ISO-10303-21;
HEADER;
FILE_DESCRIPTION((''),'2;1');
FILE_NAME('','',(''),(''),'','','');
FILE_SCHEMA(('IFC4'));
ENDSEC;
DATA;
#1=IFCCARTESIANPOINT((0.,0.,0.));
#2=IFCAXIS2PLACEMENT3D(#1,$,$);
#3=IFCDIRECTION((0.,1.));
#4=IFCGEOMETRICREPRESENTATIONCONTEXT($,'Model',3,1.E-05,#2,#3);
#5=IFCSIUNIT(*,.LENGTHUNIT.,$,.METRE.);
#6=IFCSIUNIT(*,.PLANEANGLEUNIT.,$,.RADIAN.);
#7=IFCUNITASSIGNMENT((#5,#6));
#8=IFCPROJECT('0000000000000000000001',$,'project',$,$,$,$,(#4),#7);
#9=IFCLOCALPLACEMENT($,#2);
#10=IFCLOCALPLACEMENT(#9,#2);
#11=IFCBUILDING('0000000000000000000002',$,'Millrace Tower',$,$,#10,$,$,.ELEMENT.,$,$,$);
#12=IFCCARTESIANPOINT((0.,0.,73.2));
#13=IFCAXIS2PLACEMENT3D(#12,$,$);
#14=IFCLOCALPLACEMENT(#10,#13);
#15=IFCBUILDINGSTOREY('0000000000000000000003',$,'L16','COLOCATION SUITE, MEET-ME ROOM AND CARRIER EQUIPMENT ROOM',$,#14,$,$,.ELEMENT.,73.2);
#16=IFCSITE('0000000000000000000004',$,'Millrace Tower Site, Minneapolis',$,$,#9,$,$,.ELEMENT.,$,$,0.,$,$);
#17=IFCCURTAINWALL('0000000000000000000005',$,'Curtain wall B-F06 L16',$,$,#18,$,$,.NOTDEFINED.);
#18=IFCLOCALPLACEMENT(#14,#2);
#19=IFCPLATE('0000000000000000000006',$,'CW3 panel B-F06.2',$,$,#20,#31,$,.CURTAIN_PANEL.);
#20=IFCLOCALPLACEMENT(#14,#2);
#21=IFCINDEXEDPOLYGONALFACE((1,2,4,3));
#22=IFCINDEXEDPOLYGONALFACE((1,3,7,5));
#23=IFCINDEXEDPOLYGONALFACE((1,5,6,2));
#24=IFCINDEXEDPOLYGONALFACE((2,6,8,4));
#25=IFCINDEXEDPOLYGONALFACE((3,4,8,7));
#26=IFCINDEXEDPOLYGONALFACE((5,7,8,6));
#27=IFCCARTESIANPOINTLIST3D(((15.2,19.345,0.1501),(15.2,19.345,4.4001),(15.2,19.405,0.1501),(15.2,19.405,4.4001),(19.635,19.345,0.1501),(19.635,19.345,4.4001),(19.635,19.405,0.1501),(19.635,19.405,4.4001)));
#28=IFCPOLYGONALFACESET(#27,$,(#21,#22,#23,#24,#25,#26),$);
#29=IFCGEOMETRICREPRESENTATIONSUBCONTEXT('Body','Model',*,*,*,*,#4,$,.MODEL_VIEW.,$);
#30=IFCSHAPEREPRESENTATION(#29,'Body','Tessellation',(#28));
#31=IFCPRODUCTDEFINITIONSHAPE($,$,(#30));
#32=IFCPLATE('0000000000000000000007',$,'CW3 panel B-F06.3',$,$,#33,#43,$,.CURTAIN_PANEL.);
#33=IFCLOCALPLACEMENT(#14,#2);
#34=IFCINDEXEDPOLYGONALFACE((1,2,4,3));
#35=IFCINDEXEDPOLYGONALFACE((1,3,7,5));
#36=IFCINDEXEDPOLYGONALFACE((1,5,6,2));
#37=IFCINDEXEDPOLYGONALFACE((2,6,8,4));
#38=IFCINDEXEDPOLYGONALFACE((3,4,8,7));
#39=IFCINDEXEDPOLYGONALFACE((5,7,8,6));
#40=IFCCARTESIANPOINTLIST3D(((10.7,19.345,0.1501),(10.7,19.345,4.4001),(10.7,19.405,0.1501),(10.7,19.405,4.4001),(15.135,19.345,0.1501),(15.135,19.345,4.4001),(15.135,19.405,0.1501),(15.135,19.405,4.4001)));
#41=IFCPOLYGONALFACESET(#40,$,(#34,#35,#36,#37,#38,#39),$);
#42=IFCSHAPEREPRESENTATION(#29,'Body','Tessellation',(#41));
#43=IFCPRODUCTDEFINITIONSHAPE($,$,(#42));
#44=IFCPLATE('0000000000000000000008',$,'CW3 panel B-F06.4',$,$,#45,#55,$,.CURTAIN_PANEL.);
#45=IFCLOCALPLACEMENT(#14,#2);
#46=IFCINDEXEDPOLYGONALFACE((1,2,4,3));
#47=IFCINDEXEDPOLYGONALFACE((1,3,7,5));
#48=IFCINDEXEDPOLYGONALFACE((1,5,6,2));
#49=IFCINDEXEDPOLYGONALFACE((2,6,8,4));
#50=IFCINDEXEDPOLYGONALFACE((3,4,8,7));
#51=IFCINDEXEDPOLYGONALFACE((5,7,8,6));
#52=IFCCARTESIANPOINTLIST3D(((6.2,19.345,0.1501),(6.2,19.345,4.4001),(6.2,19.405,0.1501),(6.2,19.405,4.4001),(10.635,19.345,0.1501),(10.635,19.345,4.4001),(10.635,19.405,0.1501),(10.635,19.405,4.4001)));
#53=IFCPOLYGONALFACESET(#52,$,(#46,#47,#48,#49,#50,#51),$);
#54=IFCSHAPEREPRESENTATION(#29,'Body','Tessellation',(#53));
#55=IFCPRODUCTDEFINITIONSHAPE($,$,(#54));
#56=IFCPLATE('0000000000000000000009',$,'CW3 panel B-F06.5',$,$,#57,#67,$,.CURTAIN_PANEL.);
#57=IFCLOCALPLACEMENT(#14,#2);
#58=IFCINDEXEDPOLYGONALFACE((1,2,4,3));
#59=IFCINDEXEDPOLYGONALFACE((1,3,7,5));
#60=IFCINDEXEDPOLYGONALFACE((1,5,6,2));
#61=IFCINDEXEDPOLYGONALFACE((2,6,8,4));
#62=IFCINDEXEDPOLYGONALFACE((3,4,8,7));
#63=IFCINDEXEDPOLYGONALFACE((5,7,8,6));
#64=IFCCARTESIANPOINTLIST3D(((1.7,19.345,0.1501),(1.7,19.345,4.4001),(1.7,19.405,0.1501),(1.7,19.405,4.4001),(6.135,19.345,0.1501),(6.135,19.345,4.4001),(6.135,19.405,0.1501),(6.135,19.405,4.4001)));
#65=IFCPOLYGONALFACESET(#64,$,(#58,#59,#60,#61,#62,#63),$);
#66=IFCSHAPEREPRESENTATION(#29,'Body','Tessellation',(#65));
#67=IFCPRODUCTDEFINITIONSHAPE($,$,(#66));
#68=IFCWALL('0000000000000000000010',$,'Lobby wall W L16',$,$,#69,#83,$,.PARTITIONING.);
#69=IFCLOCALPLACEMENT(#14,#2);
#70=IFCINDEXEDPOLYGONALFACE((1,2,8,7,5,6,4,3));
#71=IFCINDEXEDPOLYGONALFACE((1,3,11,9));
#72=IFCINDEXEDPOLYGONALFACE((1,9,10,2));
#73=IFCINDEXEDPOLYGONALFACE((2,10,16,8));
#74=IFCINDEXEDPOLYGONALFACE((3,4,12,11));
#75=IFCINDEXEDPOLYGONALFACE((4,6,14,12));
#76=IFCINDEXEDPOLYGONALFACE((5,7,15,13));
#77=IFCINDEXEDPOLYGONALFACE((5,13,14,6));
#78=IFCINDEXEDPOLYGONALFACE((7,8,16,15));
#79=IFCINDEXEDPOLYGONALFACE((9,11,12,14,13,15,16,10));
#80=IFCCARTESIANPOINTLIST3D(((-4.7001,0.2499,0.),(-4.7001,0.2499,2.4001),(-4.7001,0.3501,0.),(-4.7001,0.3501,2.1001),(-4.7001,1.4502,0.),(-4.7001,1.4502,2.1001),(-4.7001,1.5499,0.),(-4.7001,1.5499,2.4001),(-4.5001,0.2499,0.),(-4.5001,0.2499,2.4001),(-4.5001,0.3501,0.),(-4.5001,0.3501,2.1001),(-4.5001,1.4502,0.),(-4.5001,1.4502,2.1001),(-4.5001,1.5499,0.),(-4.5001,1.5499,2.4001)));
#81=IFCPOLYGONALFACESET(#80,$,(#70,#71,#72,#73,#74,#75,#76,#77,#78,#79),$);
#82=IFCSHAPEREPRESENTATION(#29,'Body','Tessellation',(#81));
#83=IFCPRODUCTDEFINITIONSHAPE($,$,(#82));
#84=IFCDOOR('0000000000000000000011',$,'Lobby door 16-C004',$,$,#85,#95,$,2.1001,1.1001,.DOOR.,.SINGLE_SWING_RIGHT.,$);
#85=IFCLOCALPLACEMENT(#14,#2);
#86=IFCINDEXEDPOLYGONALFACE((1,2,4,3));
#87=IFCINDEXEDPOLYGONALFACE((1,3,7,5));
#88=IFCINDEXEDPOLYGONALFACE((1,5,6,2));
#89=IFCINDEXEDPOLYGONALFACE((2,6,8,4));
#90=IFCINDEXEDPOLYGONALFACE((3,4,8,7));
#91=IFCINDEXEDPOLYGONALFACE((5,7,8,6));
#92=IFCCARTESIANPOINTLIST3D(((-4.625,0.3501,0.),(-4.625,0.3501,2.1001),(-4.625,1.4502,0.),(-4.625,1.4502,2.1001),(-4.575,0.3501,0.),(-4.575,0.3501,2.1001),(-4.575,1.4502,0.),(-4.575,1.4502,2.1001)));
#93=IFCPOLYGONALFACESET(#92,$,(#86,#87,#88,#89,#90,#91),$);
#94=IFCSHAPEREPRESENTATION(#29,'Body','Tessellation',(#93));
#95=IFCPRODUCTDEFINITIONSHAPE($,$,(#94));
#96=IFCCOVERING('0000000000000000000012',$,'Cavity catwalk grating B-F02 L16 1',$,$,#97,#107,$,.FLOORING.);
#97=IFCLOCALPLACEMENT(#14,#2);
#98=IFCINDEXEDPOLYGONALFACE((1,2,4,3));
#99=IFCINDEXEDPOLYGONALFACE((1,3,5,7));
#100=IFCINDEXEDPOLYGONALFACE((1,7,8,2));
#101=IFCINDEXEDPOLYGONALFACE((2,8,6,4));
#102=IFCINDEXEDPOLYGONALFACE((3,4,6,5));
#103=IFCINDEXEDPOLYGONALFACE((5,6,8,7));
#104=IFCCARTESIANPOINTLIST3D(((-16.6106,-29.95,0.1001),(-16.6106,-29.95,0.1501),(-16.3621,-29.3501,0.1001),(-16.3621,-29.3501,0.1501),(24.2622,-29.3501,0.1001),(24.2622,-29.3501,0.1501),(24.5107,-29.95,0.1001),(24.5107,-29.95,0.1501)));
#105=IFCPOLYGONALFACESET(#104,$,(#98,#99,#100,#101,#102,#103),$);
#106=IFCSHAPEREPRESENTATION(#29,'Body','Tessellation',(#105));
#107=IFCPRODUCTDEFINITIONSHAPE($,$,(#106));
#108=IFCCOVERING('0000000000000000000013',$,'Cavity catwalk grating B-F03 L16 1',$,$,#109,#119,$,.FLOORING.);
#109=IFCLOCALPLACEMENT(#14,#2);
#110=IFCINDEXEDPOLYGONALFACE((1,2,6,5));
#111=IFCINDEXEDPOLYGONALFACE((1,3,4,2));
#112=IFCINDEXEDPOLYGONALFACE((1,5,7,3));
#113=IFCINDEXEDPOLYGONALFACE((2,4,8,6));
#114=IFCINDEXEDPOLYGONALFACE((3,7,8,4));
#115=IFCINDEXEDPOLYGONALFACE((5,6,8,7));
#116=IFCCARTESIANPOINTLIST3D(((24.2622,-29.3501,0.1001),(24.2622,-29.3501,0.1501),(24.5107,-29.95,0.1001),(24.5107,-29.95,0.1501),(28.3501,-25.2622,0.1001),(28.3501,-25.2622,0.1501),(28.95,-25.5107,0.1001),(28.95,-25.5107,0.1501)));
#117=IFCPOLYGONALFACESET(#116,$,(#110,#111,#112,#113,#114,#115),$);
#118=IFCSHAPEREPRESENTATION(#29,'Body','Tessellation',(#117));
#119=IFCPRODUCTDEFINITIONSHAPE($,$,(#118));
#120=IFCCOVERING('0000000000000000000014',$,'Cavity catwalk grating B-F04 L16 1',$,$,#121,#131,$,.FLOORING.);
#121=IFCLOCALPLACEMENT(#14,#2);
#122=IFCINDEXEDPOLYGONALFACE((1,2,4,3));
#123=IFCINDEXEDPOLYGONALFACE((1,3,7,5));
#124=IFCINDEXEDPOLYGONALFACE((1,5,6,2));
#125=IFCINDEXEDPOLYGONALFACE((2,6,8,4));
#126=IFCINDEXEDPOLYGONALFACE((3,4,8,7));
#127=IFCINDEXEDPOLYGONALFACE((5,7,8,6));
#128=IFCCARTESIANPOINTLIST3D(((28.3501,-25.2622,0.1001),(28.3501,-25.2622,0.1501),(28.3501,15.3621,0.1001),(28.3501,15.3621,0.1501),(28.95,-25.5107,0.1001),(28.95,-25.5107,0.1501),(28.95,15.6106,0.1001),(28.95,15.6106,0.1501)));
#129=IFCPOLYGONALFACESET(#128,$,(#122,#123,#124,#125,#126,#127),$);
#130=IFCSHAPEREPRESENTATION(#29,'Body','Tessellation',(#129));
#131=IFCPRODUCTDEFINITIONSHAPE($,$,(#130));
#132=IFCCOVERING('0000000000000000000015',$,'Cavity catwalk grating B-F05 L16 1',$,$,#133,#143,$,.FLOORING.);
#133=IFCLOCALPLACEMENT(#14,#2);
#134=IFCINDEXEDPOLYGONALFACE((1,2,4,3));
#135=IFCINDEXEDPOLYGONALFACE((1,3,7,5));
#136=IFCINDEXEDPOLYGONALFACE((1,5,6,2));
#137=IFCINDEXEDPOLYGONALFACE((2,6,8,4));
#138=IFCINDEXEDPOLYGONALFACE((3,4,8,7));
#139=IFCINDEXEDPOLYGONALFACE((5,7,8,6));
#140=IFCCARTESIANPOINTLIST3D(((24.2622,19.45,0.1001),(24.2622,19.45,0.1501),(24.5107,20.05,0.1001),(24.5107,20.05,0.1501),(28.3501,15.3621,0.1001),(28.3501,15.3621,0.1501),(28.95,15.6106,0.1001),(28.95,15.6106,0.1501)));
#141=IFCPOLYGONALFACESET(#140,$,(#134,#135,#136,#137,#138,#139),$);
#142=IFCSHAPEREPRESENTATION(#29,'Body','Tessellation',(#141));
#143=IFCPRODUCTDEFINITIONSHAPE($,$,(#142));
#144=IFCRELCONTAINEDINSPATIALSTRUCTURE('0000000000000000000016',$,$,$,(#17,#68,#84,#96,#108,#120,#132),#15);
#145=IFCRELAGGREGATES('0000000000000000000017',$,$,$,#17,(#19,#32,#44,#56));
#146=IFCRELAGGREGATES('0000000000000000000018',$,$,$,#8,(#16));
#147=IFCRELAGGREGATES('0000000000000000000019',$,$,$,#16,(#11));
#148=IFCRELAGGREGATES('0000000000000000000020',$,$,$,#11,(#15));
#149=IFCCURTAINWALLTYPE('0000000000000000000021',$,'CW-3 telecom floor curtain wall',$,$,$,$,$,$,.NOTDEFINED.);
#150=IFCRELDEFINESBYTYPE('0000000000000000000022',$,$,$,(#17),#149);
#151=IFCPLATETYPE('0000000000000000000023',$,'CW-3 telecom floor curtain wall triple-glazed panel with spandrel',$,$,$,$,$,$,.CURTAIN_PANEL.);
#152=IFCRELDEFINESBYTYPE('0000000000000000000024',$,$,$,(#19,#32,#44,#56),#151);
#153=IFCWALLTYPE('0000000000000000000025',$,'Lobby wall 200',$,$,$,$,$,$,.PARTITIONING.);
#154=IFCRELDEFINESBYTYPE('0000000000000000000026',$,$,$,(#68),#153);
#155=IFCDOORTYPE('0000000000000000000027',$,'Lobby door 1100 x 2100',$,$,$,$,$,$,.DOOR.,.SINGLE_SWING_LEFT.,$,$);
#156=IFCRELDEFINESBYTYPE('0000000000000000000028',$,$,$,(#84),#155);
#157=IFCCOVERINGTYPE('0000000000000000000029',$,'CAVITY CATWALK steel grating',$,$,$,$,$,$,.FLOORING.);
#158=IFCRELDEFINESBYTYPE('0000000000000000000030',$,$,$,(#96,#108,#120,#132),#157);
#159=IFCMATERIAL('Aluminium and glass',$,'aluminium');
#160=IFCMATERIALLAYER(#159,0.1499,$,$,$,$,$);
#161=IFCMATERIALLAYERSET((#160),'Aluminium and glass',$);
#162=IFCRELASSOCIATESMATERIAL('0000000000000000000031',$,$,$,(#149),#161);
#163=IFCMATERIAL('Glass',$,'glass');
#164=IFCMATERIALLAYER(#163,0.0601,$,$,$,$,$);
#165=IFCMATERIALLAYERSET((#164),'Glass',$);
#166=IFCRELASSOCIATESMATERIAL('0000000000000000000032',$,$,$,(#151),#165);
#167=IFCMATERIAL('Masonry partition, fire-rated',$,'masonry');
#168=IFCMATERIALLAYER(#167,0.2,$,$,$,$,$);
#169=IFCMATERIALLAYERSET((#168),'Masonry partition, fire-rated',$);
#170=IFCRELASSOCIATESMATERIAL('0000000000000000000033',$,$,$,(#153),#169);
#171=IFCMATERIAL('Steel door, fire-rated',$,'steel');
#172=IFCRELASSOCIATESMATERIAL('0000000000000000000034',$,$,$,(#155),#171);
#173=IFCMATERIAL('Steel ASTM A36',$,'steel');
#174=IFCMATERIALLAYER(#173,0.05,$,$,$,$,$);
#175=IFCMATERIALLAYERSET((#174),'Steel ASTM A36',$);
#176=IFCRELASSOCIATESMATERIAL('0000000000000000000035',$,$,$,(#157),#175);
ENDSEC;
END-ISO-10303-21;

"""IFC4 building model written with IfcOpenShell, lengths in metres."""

from ifc_helpers import new_model, si_unit, direction, frame, frame_2d, origin, place, context, subcontext, project, spatial, polyline, rectangle, outline, extrude, material, layer, layer_set, type_object, element, fill, aggregate, save


model = new_model("IFC4")

# Units and contexts
model_context = context("Model", 3, precision=1e-05, world=origin(), true_north=direction((0.0, 1.0)))
body_context = subcontext(model_context, "Body", "Model", "MODEL_VIEW")
ifc_project = project(units=[si_unit("LENGTHUNIT", "METRE"), si_unit("PLANEANGLEUNIT", "RADIAN")], contexts=[model_context])

# Site, building, storey
site_placement = place(None, origin())
site = spatial("IfcSite", under=ifc_project, at=site_placement, Name="Millrace Tower Site, Minneapolis", CompositionType="ELEMENT", RefElevation=0.0)
building_placement = place(site_placement, origin())
building = spatial("IfcBuilding", under=site, at=building_placement, Name="Millrace Tower", CompositionType="ELEMENT")
storey_placement = place(building_placement, frame((0.0, 0.0, 73.2)))
storey = spatial("IfcBuildingStorey", under=building, at=storey_placement, Name="L16", Description="COLOCATION SUITE, MEET-ME ROOM AND CARRIER EQUIPMENT ROOM", CompositionType="ELEMENT", Elevation=73.2)

# Shared definitions
ifc_material_1 = material(Name="Aluminium and glass", Category="aluminium")
ifc_layer_1 = layer(ifc_material_1, 0.1499)
ifc_layer_set_1 = layer_set([ifc_layer_1], Name="Aluminium and glass")
curtain_wall_type = type_object("IfcCurtainWallType", Name="CW-3 telecom floor curtain wall", PredefinedType="NOTDEFINED", material=ifc_layer_set_1)
placement_1 = place(storey_placement, origin())
ifc_material_2 = material(Name="Glass", Category="glass")
ifc_layer_2 = layer(ifc_material_2, 0.0601)
ifc_layer_set_2 = layer_set([ifc_layer_2], Name="Glass")
plate_type = type_object("IfcPlateType", Name="CW-3 telecom floor curtain wall triple-glazed panel with spandrel", PredefinedType="CURTAIN_PANEL", material=ifc_layer_set_2)
placement_2 = place(storey_placement, frame((0.0, 0.0, 0.1501)))

# Curtain wall, plates
curtain_wall_1 = element("IfcCurtainWall", 1, at=placement_1, inside=storey, type_object=curtain_wall_type, Name="Curtain wall B-F06 L16", PredefinedType="NOTDEFINED")
plate_1 = element("IfcPlate", 2, at=placement_2, type_object=plate_type, Name="CW3 panel B-F06.2", PredefinedType="CURTAIN_PANEL", context=body_context, shape_type="SweptSolid", body=[
    extrude(outline(polyline([(19.635, 19.405), (15.2, 19.405), (15.2, 19.345), (19.635, 19.345), (19.635, 19.405)])), origin(), (0.0, 0.0, 1.0), 4.25),
])
plate_2 = element("IfcPlate", 3, at=placement_2, type_object=plate_type, Name="CW3 panel B-F06.3", PredefinedType="CURTAIN_PANEL", context=body_context, shape_type="SweptSolid", body=[
    extrude(outline(polyline([(15.135, 19.405), (10.7, 19.405), (10.7, 19.345), (15.135, 19.345), (15.135, 19.405)])), origin(), (0.0, 0.0, 1.0), 4.25),
])
plate_3 = element("IfcPlate", 4, at=placement_2, type_object=plate_type, Name="CW3 panel B-F06.4", PredefinedType="CURTAIN_PANEL", context=body_context, shape_type="SweptSolid", body=[
    extrude(outline(polyline([(10.635, 19.405), (6.2, 19.405), (6.2, 19.345), (10.635, 19.345), (10.635, 19.405)])), origin(), (0.0, 0.0, 1.0), 4.25),
])
plate_4 = element("IfcPlate", 5, at=placement_2, type_object=plate_type, Name="CW3 panel B-F06.5", PredefinedType="CURTAIN_PANEL", context=body_context, shape_type="SweptSolid", body=[
    extrude(outline(polyline([(6.135, 19.405), (1.7, 19.405), (1.7, 19.345), (6.135, 19.345), (6.135, 19.405)])), origin(), (0.0, 0.0, 1.0), 4.25),
])
aggregate(curtain_wall_1, [plate_1, plate_2, plate_3, plate_4])

# Wall, opening, door
ifc_material_3 = material(Name="Masonry partition, fire-rated", Category="masonry")
ifc_layer_3 = layer(ifc_material_3, 0.2)
ifc_layer_set_3 = layer_set([ifc_layer_3], Name="Masonry partition, fire-rated")
wall_type = type_object("IfcWallType", Name="Lobby wall 200", PredefinedType="PARTITIONING", material=ifc_layer_set_3)
wall_placement = place(storey_placement, frame((-4.6001, 0.25, 0.0), z_axis=(0.0, 0.0, 1.0), x_axis=(0.0, 1.0, 0.0)))
wall = element("IfcWall", 6, at=wall_placement, inside=storey, type_object=wall_type, Name="Lobby wall W L16", PredefinedType="PARTITIONING", context=body_context, shape_type="SweptSolid", body=[
    extrude(rectangle(XDim=1.3, YDim=0.2, at=frame_2d((0.6499, 0.0))), origin(), (0.0, 0.0, 1.0), 2.4001),
])
opening_placement = place(wall_placement, frame((0.1001, 0.0, 0.0)))
opening = element("IfcOpeningElement", 7, at=opening_placement, cuts=wall, PredefinedType="OPENING", context=body_context, shape_type="SweptSolid", body=[
    extrude(rectangle(XDim=1.1001, YDim=2.1001, at=frame_2d((0.55, 1.05))), frame((0.0, 0.1099, 0.0), z_axis=(0.0, -1.0, 0.0), x_axis=(1.0, 0.0, 0.0)), (0.0, 0.0, 1.0), 0.22),
])
ifc_material_4 = material(Name="Steel door, fire-rated", Category="steel")
door_type = type_object("IfcDoorType", Name="Lobby door 1100 x 2100", OperationType="SINGLE_SWING_LEFT", PredefinedType="DOOR", material=ifc_material_4)
door_placement = place(opening_placement, origin())
door = element("IfcDoor", 8, at=door_placement, inside=storey, type_object=door_type, Name="Lobby door 16-C004", OperationType="SINGLE_SWING_RIGHT", OverallHeight=2.1001, OverallWidth=1.1001, PredefinedType="DOOR", context=body_context, shape_type="SweptSolid", body=[
    extrude(rectangle(XDim=1.1001, YDim=2.1001, at=frame_2d((0.55, 1.05))), frame((0.0, 0.0249, 0.0), z_axis=(0.0, -1.0, 0.0), x_axis=(1.0, 0.0, 0.0)), (0.0, 0.0, 1.0), 0.05),
])
fill(opening, door)

# Coverings
ifc_material_5 = material(Name="Steel ASTM A36", Category="steel")
ifc_layer_4 = layer(ifc_material_5, 0.05)
ifc_layer_set_4 = layer_set([ifc_layer_4], Name="Steel ASTM A36")
covering_type = type_object("IfcCoveringType", Name="CAVITY CATWALK steel grating", PredefinedType="FLOORING", material=ifc_layer_set_4)
placement_3 = place(storey_placement, frame((0.0, 0.0, 0.1001)))
element("IfcCovering", 9, at=placement_3, inside=storey, type_object=covering_type, Name="Cavity catwalk grating B-F02 L16 1", PredefinedType="FLOORING", context=body_context, shape_type="SweptSolid", body=[
    extrude(outline(polyline([(-16.6106, -29.95), (24.5107, -29.95), (24.2622, -29.3501), (-16.3621, -29.3501), (-16.6106, -29.95)])), origin(), (0.0, 0.0, 1.0), 0.05),
])
element("IfcCovering", 10, at=placement_3, inside=storey, type_object=covering_type, Name="Cavity catwalk grating B-F03 L16 1", PredefinedType="FLOORING", context=body_context, shape_type="SweptSolid", body=[
    extrude(outline(polyline([(24.5107, -29.95), (28.95, -25.5107), (28.3501, -25.2622), (24.2622, -29.3501), (24.5107, -29.95)])), origin(), (0.0, 0.0, 1.0), 0.05),
])
element("IfcCovering", 11, at=placement_3, inside=storey, type_object=covering_type, Name="Cavity catwalk grating B-F04 L16 1", PredefinedType="FLOORING", context=body_context, shape_type="SweptSolid", body=[
    extrude(outline(polyline([(28.95, -25.5107), (28.95, 15.6106), (28.3501, 15.3621), (28.3501, -25.2622), (28.95, -25.5107)])), origin(), (0.0, 0.0, 1.0), 0.05),
])
element("IfcCovering", 12, at=placement_3, inside=storey, type_object=covering_type, Name="Cavity catwalk grating B-F05 L16 1", PredefinedType="FLOORING", context=body_context, shape_type="SweptSolid", body=[
    extrude(outline(polyline([(28.95, 15.6106), (24.5107, 20.05), (24.2622, 19.45), (28.3501, 15.3621), (28.95, 15.6106)])), origin(), (0.0, 0.0, 1.0), 0.05),
])

save(model, "model.ifc")
